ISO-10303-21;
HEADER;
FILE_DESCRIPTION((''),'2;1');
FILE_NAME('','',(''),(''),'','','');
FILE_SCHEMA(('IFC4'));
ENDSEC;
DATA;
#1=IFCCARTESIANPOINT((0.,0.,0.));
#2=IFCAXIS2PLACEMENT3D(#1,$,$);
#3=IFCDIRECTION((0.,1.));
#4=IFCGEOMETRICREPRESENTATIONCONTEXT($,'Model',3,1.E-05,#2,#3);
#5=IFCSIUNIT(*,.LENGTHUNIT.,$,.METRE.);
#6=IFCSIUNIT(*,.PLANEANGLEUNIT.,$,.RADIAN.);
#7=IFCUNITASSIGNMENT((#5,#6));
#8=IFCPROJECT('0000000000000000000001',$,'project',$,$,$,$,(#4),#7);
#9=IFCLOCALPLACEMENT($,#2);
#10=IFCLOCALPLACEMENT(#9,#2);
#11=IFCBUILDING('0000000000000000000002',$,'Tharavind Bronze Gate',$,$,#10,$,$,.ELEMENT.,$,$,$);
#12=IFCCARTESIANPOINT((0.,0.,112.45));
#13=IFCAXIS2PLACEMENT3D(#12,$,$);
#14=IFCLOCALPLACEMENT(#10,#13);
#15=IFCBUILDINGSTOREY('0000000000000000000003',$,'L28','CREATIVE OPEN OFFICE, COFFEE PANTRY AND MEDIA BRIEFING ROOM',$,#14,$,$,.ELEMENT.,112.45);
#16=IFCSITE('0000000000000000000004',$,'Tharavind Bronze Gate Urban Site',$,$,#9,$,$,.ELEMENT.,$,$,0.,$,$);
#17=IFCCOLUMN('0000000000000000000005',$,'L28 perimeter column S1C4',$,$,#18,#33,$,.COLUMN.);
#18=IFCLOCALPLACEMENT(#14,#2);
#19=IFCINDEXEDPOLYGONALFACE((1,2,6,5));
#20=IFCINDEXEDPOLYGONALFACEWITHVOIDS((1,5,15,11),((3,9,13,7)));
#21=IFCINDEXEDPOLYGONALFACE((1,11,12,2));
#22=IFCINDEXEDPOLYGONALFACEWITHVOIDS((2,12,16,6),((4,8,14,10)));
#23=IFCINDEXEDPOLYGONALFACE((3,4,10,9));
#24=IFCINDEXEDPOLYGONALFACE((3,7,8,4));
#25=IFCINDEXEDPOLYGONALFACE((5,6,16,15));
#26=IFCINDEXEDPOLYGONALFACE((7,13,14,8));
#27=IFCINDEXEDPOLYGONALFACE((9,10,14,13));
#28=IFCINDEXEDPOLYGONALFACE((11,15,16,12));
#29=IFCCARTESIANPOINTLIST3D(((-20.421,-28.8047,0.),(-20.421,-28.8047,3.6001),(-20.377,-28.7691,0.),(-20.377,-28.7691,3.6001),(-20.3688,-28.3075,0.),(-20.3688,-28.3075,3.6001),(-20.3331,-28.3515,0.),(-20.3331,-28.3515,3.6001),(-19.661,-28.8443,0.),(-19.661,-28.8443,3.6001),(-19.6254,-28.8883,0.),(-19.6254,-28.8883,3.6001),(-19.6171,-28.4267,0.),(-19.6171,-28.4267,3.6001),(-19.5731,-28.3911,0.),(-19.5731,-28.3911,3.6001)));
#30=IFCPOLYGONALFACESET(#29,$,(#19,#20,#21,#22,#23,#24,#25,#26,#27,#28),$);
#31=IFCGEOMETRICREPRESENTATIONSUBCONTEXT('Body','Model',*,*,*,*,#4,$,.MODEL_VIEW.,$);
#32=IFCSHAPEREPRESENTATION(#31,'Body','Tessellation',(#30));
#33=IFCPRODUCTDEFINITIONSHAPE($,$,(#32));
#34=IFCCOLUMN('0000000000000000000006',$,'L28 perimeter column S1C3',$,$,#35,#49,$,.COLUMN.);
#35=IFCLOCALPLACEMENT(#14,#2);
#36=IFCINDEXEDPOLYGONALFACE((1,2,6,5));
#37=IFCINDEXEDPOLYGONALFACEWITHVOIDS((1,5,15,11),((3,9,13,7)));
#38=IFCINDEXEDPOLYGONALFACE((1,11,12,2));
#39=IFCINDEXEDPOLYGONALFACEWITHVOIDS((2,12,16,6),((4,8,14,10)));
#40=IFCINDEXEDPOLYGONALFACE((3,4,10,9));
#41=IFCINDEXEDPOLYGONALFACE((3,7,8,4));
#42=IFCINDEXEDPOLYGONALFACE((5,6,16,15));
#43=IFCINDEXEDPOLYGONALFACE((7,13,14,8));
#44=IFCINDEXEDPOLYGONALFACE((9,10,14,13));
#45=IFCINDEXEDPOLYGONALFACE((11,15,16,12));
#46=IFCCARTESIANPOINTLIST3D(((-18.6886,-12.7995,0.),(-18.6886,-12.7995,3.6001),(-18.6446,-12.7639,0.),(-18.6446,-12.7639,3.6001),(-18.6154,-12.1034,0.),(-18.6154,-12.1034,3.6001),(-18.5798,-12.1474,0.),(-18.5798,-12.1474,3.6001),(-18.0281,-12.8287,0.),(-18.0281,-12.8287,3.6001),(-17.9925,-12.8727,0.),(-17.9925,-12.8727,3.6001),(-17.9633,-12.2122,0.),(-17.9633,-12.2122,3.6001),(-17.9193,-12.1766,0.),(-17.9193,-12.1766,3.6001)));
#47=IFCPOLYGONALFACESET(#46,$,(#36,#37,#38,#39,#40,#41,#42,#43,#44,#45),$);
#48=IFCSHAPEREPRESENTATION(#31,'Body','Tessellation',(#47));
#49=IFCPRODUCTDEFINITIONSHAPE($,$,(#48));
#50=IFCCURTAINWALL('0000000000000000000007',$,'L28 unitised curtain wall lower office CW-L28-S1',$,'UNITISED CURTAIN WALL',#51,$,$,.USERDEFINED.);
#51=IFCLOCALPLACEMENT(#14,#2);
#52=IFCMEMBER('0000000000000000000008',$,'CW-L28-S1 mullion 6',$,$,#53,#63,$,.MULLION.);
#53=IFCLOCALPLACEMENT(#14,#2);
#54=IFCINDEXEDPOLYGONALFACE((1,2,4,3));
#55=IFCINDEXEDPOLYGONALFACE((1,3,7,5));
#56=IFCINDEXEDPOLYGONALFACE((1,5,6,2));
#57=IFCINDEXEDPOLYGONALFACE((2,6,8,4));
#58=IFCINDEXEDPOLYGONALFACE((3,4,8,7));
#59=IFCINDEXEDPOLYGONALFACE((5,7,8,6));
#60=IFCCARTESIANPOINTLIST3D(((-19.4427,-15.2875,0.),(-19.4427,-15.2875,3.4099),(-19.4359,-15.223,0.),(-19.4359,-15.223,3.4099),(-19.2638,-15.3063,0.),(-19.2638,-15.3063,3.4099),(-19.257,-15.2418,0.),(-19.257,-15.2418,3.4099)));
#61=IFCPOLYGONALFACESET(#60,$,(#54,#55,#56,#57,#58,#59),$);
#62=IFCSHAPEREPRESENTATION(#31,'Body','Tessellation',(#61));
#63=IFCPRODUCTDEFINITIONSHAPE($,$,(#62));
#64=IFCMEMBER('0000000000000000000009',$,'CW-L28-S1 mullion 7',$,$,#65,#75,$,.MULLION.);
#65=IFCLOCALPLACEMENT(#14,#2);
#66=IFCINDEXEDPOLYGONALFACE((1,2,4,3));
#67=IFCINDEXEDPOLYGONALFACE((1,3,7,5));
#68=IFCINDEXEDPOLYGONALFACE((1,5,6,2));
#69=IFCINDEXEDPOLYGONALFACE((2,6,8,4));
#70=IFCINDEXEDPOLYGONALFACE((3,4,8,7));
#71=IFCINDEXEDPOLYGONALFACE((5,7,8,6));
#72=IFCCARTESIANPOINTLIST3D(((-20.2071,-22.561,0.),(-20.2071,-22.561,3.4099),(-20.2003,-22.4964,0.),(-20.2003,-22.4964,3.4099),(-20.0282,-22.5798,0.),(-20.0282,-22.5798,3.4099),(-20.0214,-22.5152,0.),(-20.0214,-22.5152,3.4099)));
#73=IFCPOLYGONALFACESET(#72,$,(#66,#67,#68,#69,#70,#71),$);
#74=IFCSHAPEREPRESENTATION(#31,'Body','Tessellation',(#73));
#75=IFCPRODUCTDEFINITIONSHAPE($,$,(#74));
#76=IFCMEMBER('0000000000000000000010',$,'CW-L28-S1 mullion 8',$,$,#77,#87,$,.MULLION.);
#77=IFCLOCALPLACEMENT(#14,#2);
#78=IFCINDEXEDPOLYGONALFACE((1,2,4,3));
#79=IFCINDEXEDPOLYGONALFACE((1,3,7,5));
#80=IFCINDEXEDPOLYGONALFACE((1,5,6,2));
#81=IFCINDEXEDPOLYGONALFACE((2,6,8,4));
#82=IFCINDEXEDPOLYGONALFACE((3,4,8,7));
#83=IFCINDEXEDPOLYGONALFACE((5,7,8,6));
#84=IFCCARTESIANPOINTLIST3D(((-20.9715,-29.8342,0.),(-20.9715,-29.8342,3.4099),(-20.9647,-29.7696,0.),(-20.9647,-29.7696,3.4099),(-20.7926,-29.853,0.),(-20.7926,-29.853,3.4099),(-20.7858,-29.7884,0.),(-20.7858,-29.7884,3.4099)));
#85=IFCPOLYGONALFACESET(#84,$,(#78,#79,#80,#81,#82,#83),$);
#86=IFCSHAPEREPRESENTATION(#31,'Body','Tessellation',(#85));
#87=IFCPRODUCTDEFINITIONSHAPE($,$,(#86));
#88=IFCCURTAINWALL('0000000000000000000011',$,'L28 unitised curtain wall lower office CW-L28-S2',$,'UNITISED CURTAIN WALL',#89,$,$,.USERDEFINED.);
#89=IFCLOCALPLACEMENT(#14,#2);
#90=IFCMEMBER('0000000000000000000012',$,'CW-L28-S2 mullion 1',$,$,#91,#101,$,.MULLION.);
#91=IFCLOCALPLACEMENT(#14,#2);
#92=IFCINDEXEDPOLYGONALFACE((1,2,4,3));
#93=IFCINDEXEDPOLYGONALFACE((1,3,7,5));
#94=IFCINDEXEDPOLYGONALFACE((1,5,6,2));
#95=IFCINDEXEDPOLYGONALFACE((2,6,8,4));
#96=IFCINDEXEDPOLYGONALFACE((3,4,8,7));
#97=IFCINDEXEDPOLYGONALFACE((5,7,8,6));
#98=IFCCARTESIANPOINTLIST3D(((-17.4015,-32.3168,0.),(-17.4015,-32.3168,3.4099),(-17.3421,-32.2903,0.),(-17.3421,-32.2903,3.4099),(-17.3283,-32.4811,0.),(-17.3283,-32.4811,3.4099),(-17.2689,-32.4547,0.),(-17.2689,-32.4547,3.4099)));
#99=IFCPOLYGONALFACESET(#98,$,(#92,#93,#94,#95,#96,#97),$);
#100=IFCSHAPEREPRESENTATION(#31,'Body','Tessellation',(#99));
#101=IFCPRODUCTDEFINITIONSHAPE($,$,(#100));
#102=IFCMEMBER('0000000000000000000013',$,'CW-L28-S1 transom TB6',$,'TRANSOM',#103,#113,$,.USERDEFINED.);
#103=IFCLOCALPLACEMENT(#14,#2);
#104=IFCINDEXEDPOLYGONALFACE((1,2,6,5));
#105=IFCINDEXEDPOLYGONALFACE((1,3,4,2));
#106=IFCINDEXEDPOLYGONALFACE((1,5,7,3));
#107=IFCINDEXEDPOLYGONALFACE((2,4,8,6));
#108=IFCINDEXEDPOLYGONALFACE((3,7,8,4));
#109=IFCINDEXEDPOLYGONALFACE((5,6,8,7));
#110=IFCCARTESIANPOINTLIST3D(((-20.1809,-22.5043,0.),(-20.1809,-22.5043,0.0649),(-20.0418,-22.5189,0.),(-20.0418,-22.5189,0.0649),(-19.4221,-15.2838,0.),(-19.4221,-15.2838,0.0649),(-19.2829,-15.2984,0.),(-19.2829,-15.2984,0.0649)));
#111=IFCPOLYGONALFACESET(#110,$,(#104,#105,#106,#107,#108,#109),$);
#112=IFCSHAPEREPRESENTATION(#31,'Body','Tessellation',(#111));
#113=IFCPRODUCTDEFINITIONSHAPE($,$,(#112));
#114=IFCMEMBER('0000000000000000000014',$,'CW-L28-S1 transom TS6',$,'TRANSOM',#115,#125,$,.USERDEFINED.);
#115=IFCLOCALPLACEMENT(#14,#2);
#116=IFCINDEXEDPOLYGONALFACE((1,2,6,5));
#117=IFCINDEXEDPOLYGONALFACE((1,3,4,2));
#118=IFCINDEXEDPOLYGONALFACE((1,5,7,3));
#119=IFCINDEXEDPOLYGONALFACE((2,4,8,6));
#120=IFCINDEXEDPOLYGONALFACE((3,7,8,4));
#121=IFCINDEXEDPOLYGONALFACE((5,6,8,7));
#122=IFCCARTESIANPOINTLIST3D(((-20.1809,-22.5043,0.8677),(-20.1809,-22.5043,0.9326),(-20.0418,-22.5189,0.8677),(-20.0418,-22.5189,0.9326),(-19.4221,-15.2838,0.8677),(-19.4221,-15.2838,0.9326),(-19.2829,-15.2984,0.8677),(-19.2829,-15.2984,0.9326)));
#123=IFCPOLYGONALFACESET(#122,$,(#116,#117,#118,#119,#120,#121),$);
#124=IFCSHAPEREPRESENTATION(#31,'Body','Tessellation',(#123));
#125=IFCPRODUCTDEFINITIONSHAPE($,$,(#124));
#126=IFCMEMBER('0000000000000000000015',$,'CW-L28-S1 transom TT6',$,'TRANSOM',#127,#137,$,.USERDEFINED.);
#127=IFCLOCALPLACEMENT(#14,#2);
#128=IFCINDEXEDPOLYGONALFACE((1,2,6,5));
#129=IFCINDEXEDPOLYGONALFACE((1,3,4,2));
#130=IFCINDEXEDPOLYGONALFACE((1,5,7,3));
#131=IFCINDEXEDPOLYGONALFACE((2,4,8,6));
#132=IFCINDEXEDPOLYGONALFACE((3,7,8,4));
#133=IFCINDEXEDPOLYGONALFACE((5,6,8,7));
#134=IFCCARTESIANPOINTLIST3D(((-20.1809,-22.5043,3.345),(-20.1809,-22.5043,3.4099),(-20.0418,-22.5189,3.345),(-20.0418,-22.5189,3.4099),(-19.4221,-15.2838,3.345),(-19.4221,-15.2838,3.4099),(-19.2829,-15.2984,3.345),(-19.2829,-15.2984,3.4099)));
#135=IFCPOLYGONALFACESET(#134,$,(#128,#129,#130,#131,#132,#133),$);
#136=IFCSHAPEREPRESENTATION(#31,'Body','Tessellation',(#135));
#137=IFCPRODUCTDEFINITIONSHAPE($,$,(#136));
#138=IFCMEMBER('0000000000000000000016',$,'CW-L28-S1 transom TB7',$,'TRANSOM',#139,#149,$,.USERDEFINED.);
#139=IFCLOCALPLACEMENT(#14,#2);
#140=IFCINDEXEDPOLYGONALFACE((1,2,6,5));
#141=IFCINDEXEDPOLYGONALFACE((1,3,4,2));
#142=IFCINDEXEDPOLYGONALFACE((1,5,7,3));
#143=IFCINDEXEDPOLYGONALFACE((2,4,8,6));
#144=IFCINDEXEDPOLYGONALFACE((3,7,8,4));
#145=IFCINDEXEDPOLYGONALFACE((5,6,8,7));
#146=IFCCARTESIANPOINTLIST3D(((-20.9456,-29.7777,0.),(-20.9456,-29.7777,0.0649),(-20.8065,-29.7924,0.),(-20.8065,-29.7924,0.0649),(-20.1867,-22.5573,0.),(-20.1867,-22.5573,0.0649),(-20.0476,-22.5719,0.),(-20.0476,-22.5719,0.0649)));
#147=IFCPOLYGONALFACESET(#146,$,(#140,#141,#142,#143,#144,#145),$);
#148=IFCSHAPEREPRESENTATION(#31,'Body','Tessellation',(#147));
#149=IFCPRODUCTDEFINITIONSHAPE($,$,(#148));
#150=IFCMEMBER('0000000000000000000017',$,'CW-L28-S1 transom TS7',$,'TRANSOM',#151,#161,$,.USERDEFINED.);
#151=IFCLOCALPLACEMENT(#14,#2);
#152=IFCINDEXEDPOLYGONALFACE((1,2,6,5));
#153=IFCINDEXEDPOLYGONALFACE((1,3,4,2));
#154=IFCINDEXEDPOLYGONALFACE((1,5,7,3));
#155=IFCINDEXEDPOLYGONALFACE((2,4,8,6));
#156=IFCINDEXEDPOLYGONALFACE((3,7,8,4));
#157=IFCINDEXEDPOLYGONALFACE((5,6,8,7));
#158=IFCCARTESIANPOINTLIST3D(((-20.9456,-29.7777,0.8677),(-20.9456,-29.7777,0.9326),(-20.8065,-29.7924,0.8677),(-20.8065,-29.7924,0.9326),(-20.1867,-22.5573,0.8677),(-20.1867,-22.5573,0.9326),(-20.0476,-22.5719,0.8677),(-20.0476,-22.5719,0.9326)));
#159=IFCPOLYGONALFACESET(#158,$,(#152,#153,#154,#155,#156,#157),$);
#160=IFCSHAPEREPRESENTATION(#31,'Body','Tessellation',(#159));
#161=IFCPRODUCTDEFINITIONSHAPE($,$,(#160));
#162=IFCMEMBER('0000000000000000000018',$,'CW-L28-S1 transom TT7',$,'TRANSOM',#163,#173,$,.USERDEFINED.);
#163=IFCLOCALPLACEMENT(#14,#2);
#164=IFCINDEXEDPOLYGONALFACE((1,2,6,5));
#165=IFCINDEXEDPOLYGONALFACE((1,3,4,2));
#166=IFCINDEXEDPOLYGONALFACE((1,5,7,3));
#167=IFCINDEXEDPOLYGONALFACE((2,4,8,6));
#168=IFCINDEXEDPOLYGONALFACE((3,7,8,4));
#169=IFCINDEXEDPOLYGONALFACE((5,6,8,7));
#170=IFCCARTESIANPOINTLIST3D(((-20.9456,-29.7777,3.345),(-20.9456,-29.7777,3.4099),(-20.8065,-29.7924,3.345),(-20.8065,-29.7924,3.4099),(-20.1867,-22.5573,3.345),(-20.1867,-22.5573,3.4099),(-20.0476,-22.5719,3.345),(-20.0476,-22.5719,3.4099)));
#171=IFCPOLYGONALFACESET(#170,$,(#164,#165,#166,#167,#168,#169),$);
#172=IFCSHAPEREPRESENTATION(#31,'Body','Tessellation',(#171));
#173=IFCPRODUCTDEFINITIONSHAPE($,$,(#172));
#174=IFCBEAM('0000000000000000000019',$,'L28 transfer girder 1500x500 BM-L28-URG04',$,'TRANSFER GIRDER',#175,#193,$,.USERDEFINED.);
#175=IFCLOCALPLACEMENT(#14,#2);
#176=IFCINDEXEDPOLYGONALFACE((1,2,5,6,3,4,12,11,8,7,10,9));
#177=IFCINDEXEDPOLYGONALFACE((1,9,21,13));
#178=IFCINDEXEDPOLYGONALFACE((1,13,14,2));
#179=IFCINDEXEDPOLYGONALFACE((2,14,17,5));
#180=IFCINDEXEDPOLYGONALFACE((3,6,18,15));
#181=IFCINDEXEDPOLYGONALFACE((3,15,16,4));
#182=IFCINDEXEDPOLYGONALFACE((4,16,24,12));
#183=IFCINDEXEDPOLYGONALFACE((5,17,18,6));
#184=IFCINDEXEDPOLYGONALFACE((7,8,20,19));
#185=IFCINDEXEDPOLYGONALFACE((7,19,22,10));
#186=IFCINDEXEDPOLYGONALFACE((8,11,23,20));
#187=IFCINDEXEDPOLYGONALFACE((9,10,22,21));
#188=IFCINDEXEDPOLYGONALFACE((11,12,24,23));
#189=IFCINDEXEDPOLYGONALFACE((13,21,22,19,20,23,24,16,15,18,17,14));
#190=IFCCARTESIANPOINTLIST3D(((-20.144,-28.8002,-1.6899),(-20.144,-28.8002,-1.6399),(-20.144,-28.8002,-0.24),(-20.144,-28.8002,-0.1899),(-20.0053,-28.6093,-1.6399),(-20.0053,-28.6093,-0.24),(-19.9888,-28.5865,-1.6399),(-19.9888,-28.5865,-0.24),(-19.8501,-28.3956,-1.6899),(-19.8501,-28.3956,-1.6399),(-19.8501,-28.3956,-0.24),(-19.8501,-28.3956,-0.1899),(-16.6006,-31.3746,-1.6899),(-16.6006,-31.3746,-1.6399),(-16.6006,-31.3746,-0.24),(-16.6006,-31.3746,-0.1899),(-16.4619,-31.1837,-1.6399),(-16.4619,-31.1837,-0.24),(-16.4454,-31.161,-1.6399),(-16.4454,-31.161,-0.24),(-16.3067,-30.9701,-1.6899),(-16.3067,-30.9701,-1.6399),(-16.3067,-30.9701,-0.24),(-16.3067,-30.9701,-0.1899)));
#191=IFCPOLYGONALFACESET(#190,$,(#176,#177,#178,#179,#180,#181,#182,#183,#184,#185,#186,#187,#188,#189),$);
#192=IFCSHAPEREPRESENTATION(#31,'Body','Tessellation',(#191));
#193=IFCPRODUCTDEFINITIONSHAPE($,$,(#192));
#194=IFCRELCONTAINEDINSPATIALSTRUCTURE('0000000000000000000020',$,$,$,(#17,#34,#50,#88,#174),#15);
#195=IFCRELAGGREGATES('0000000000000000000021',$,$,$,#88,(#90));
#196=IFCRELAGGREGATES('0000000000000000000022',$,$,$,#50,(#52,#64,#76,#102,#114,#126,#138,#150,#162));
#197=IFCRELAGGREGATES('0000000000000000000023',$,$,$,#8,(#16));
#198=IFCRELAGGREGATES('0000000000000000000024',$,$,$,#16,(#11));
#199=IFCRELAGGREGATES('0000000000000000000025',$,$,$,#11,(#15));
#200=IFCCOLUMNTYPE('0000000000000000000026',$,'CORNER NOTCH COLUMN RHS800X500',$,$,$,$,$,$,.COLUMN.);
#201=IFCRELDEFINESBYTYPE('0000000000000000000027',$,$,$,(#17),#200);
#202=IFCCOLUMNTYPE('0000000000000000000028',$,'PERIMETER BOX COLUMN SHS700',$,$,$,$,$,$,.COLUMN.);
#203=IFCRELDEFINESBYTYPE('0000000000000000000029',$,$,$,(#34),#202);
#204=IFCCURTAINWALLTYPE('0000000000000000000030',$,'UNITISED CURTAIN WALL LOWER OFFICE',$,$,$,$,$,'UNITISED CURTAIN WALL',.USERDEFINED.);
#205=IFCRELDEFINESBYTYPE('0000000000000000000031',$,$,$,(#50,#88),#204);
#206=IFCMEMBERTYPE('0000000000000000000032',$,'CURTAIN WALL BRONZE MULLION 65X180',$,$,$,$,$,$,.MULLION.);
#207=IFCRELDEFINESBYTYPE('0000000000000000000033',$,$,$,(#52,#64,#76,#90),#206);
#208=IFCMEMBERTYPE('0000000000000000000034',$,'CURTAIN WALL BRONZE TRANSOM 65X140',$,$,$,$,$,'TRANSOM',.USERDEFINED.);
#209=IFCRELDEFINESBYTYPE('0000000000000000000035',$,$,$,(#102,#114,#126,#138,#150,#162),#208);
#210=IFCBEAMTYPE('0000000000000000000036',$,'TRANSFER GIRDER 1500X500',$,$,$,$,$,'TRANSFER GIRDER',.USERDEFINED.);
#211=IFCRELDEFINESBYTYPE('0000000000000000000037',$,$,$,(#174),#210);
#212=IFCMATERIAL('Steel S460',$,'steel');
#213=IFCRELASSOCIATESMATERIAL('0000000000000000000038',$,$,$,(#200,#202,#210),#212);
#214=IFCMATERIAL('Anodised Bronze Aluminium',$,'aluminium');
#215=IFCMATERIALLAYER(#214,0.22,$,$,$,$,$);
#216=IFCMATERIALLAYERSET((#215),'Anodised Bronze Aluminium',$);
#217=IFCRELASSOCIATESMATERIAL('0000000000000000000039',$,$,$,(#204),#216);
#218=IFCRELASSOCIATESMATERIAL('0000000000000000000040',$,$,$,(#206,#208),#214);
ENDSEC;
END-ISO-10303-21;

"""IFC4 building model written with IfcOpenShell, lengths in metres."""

from ifc_helpers import new_model, si_unit, direction, frame, origin, origin_2d, place, context, subcontext, project, spatial, rectangle, hollow_rectangle, i_section, extrude, material, layer, layer_set, material_profile, profile_set, type_object, element, aggregate, save


model = new_model("IFC4")

# Units and contexts
model_context = context("Model", 3, precision=1e-05, world=origin(), true_north=direction((0.0, 1.0)))
body_context = subcontext(model_context, "Body", "Model", "MODEL_VIEW")
ifc_project = project(units=[si_unit("LENGTHUNIT", "METRE"), si_unit("PLANEANGLEUNIT", "RADIAN")], contexts=[model_context])

# Site, building, storey
site_placement = place(None, origin())
site = spatial("IfcSite", under=ifc_project, at=site_placement, Name="Tharavind Bronze Gate Urban Site", CompositionType="ELEMENT", RefElevation=0.0)
building_placement = place(site_placement, origin())
building = spatial("IfcBuilding", under=site, at=building_placement, Name="Tharavind Bronze Gate", CompositionType="ELEMENT")
storey_placement = place(building_placement, frame((0.0, 0.0, 112.45)))
storey = spatial("IfcBuildingStorey", under=building, at=storey_placement, Name="L28", Description="CREATIVE OPEN OFFICE, COFFEE PANTRY AND MEDIA BRIEFING ROOM", CompositionType="ELEMENT", Elevation=112.45)

# Columns
ifc_material_1 = material(Name="Steel S460", Category="steel")
ifc_material_profile_1 = material_profile(ifc_material_1, hollow_rectangle(XDim=0.5, YDim=0.8, WallThickness=0.04, at=origin_2d()), Name="RHS800X500X40")
ifc_profile_set_1 = profile_set([ifc_material_profile_1], Name="Steel S460")
column_type_1 = type_object("IfcColumnType", Name="CORNER NOTCH COLUMN RHS800X500", PredefinedType="COLUMN", material=ifc_profile_set_1)
column_1_placement = place(storey_placement, frame((-19.9971, -28.5979, 0.0), z_axis=(0.0, 0.0, 1.0), x_axis=(0.10453, 0.994522, 0.0)))
element("IfcColumn", 1, at=column_1_placement, inside=storey, type_object=column_type_1, Name="L28 perimeter column S1C4", PredefinedType="COLUMN", context=body_context, shape_type="SweptSolid", body=[
    extrude(hollow_rectangle(XDim=0.5, YDim=0.8, WallThickness=0.04, at=origin_2d()), origin(), (0.0, 0.0, 1.0), 3.6001),
])
ifc_material_profile_2 = material_profile(ifc_material_1, hollow_rectangle(XDim=0.7, YDim=0.7, WallThickness=0.04, at=origin_2d()), Name="SHS700X40")
ifc_profile_set_2 = profile_set([ifc_material_profile_2], Name="Steel S460")
column_type_2 = type_object("IfcColumnType", Name="PERIMETER BOX COLUMN SHS700", PredefinedType="COLUMN", material=ifc_profile_set_2)
column_2_placement = place(storey_placement, frame((-18.304, -12.488, 0.0), z_axis=(0.0, 0.0, 1.0), x_axis=(0.10453, 0.994522, 0.0)))
element("IfcColumn", 2, at=column_2_placement, inside=storey, type_object=column_type_2, Name="L28 perimeter column S1C3", PredefinedType="COLUMN", context=body_context, shape_type="SweptSolid", body=[
    extrude(hollow_rectangle(XDim=0.7, YDim=0.7, WallThickness=0.04, at=origin_2d()), origin(), (0.0, 0.0, 1.0), 3.6001),
])

# Curtain wall, members
ifc_material_2 = material(Name="Anodised Bronze Aluminium", Category="aluminium")
ifc_layer_1 = layer(ifc_material_2, 0.22)
ifc_layer_set_1 = layer_set([ifc_layer_1], Name="Anodised Bronze Aluminium")
curtain_wall_type = type_object("IfcCurtainWallType", Name="UNITISED CURTAIN WALL LOWER OFFICE", ElementType="UNITISED CURTAIN WALL", PredefinedType="USERDEFINED", material=ifc_layer_set_1)
curtain_wall_1_placement = place(storey_placement, origin())
curtain_wall_1 = element("IfcCurtainWall", 3, at=curtain_wall_1_placement, inside=storey, type_object=curtain_wall_type, Name="L28 unitised curtain wall lower office CW-L28-S1", ObjectType="UNITISED CURTAIN WALL", PredefinedType="USERDEFINED")
member_type_1 = type_object("IfcMemberType", Name="CURTAIN WALL BRONZE MULLION 65X180", PredefinedType="MULLION", material=ifc_material_2)
member_1_placement = place(storey_placement, frame((-19.3499, -15.2646, 0.0), z_axis=(0.0, 0.0, 1.0), x_axis=(-0.104527, -0.994522, 0.0)))
member_1 = element("IfcMember", 4, at=member_1_placement, type_object=member_type_1, Name="CW-L28-S1 mullion 6", PredefinedType="MULLION", context=body_context, shape_type="SweptSolid", body=[
    extrude(rectangle(XDim=0.0649, YDim=0.1799, at=origin_2d()), origin(), (0.0, 0.0, 1.0), 3.4099),
])
member_2_placement = place(storey_placement, frame((-20.1143, -22.5381, 0.0), z_axis=(0.0, 0.0, 1.0), x_axis=(-0.104527, -0.994522, 0.0)))
member_2 = element("IfcMember", 5, at=member_2_placement, type_object=member_type_1, Name="CW-L28-S1 mullion 7", PredefinedType="MULLION", context=body_context, shape_type="SweptSolid", body=[
    extrude(rectangle(XDim=0.0649, YDim=0.1799, at=origin_2d()), origin(), (0.0, 0.0, 1.0), 3.4099),
])
member_3_placement = place(storey_placement, frame((-20.8787, -29.8113, 0.0), z_axis=(0.0, 0.0, 1.0), x_axis=(-0.104527, -0.994522, 0.0)))
member_3 = element("IfcMember", 6, at=member_3_placement, type_object=member_type_1, Name="CW-L28-S1 mullion 8", PredefinedType="MULLION", context=body_context, shape_type="SweptSolid", body=[
    extrude(rectangle(XDim=0.0649, YDim=0.1799, at=origin_2d()), origin(), (0.0, 0.0, 1.0), 3.4099),
])

# Curtain wall, member
curtain_wall_2_placement = place(storey_placement, origin())
curtain_wall_2 = element("IfcCurtainWall", 7, at=curtain_wall_2_placement, inside=storey, type_object=curtain_wall_type, Name="L28 unitised curtain wall lower office CW-L28-S2", ObjectType="UNITISED CURTAIN WALL", PredefinedType="USERDEFINED")
member_4_placement = place(storey_placement, frame((-17.3352, -32.3857, 0.0), z_axis=(0.0, 0.0, 1.0), x_axis=(0.913545, 0.406737, 0.0)))
member_4 = element("IfcMember", 8, at=member_4_placement, type_object=member_type_1, Name="CW-L28-S2 mullion 1", PredefinedType="MULLION", context=body_context, shape_type="SweptSolid", body=[
    extrude(rectangle(XDim=0.0649, YDim=0.1799, at=origin_2d()), origin(), (0.0, 0.0, 1.0), 3.4099),
])
aggregate(curtain_wall_2, [member_4])

# Members
member_type_2 = type_object("IfcMemberType", Name="CURTAIN WALL BRONZE TRANSOM 65X140", ElementType="TRANSOM", PredefinedType="USERDEFINED", material=ifc_material_2)
member_5_placement = place(storey_placement, frame((-19.7319, -18.9014, 0.0), z_axis=(0.0, 0.0, 1.0), x_axis=(-0.104527, -0.994522, 0.0)))
member_5 = element("IfcMember", 9, at=member_5_placement, type_object=member_type_2, Name="CW-L28-S1 transom TB6", ObjectType="TRANSOM", PredefinedType="USERDEFINED", context=body_context, shape_type="SweptSolid", body=[
    extrude(rectangle(XDim=7.2603, YDim=0.1399, at=origin_2d()), origin(), (0.0, 0.0, 1.0), 0.0649),
])
member_6_placement = place(storey_placement, frame((-19.7319, -18.9014, 0.8677), z_axis=(0.0, 0.0, 1.0), x_axis=(-0.104527, -0.994522, 0.0)))
member_6 = element("IfcMember", 10, at=member_6_placement, type_object=member_type_2, Name="CW-L28-S1 transom TS6", ObjectType="TRANSOM", PredefinedType="USERDEFINED", context=body_context, shape_type="SweptSolid", body=[
    extrude(rectangle(XDim=7.2603, YDim=0.1399, at=origin_2d()), origin(), (0.0, 0.0, 1.0), 0.0649),
])
member_7_placement = place(storey_placement, frame((-19.7319, -18.9014, 3.345), z_axis=(0.0, 0.0, 1.0), x_axis=(-0.104527, -0.994522, 0.0)))
member_7 = element("IfcMember", 11, at=member_7_placement, type_object=member_type_2, Name="CW-L28-S1 transom TT6", ObjectType="TRANSOM", PredefinedType="USERDEFINED", context=body_context, shape_type="SweptSolid", body=[
    extrude(rectangle(XDim=7.2603, YDim=0.1399, at=origin_2d()), origin(), (0.0, 0.0, 1.0), 0.0649),
])
member_8_placement = place(storey_placement, frame((-20.4966, -26.1748, 0.0), z_axis=(0.0, 0.0, 1.0), x_axis=(-0.104527, -0.994522, 0.0)))
member_8 = element("IfcMember", 12, at=member_8_placement, type_object=member_type_2, Name="CW-L28-S1 transom TB7", ObjectType="TRANSOM", PredefinedType="USERDEFINED", context=body_context, shape_type="SweptSolid", body=[
    extrude(rectangle(XDim=7.2603, YDim=0.1399, at=origin_2d()), origin(), (0.0, 0.0, 1.0), 0.0649),
])
member_9_placement = place(storey_placement, frame((-20.4966, -26.1748, 0.8677), z_axis=(0.0, 0.0, 1.0), x_axis=(-0.104527, -0.994522, 0.0)))
member_9 = element("IfcMember", 13, at=member_9_placement, type_object=member_type_2, Name="CW-L28-S1 transom TS7", ObjectType="TRANSOM", PredefinedType="USERDEFINED", context=body_context, shape_type="SweptSolid", body=[
    extrude(rectangle(XDim=7.2603, YDim=0.1399, at=origin_2d()), origin(), (0.0, 0.0, 1.0), 0.0649),
])
member_10_placement = place(storey_placement, frame((-20.4966, -26.1748, 3.345), z_axis=(0.0, 0.0, 1.0), x_axis=(-0.104527, -0.994522, 0.0)))
member_10 = element("IfcMember", 14, at=member_10_placement, type_object=member_type_2, Name="CW-L28-S1 transom TT7", ObjectType="TRANSOM", PredefinedType="USERDEFINED", context=body_context, shape_type="SweptSolid", body=[
    extrude(rectangle(XDim=7.2603, YDim=0.1399, at=origin_2d()), origin(), (0.0, 0.0, 1.0), 0.0649),
])

# Beam
ifc_material_profile_3 = material_profile(ifc_material_1, i_section(OverallWidth=0.5, OverallDepth=1.5, WebThickness=0.0281, FlangeThickness=0.05, at=origin_2d()), Name="PG1500X500")
ifc_profile_set_3 = profile_set([ifc_material_profile_3], Name="Steel S460")
beam_type_1 = type_object("IfcBeamType", Name="TRANSFER GIRDER 1500X500", ElementType="TRANSFER GIRDER", PredefinedType="USERDEFINED", material=ifc_profile_set_3)
beam_1_placement = place(storey_placement, frame((-19.9971, -28.5979, -0.9399), z_axis=(0.809018, -0.587784, 0.0), x_axis=(0.587784, 0.809018, 0.0)))
element("IfcBeam", 15, at=beam_1_placement, inside=storey, type_object=beam_type_1, Name="L28 transfer girder 1500x500 BM-L28-URG04", ObjectType="TRANSFER GIRDER", PredefinedType="USERDEFINED", context=body_context, shape_type="SweptSolid", body=[
    extrude(i_section(OverallWidth=0.5, OverallDepth=1.5, WebThickness=0.0281, FlangeThickness=0.05, at=origin_2d()), origin(), (0.0, 0.0, 1.0), 4.3799),
])

aggregate(curtain_wall_1, [member_1, member_2, member_3, member_5, member_6, member_7, member_8, member_9, member_10])

save(model, "model.ifc")
